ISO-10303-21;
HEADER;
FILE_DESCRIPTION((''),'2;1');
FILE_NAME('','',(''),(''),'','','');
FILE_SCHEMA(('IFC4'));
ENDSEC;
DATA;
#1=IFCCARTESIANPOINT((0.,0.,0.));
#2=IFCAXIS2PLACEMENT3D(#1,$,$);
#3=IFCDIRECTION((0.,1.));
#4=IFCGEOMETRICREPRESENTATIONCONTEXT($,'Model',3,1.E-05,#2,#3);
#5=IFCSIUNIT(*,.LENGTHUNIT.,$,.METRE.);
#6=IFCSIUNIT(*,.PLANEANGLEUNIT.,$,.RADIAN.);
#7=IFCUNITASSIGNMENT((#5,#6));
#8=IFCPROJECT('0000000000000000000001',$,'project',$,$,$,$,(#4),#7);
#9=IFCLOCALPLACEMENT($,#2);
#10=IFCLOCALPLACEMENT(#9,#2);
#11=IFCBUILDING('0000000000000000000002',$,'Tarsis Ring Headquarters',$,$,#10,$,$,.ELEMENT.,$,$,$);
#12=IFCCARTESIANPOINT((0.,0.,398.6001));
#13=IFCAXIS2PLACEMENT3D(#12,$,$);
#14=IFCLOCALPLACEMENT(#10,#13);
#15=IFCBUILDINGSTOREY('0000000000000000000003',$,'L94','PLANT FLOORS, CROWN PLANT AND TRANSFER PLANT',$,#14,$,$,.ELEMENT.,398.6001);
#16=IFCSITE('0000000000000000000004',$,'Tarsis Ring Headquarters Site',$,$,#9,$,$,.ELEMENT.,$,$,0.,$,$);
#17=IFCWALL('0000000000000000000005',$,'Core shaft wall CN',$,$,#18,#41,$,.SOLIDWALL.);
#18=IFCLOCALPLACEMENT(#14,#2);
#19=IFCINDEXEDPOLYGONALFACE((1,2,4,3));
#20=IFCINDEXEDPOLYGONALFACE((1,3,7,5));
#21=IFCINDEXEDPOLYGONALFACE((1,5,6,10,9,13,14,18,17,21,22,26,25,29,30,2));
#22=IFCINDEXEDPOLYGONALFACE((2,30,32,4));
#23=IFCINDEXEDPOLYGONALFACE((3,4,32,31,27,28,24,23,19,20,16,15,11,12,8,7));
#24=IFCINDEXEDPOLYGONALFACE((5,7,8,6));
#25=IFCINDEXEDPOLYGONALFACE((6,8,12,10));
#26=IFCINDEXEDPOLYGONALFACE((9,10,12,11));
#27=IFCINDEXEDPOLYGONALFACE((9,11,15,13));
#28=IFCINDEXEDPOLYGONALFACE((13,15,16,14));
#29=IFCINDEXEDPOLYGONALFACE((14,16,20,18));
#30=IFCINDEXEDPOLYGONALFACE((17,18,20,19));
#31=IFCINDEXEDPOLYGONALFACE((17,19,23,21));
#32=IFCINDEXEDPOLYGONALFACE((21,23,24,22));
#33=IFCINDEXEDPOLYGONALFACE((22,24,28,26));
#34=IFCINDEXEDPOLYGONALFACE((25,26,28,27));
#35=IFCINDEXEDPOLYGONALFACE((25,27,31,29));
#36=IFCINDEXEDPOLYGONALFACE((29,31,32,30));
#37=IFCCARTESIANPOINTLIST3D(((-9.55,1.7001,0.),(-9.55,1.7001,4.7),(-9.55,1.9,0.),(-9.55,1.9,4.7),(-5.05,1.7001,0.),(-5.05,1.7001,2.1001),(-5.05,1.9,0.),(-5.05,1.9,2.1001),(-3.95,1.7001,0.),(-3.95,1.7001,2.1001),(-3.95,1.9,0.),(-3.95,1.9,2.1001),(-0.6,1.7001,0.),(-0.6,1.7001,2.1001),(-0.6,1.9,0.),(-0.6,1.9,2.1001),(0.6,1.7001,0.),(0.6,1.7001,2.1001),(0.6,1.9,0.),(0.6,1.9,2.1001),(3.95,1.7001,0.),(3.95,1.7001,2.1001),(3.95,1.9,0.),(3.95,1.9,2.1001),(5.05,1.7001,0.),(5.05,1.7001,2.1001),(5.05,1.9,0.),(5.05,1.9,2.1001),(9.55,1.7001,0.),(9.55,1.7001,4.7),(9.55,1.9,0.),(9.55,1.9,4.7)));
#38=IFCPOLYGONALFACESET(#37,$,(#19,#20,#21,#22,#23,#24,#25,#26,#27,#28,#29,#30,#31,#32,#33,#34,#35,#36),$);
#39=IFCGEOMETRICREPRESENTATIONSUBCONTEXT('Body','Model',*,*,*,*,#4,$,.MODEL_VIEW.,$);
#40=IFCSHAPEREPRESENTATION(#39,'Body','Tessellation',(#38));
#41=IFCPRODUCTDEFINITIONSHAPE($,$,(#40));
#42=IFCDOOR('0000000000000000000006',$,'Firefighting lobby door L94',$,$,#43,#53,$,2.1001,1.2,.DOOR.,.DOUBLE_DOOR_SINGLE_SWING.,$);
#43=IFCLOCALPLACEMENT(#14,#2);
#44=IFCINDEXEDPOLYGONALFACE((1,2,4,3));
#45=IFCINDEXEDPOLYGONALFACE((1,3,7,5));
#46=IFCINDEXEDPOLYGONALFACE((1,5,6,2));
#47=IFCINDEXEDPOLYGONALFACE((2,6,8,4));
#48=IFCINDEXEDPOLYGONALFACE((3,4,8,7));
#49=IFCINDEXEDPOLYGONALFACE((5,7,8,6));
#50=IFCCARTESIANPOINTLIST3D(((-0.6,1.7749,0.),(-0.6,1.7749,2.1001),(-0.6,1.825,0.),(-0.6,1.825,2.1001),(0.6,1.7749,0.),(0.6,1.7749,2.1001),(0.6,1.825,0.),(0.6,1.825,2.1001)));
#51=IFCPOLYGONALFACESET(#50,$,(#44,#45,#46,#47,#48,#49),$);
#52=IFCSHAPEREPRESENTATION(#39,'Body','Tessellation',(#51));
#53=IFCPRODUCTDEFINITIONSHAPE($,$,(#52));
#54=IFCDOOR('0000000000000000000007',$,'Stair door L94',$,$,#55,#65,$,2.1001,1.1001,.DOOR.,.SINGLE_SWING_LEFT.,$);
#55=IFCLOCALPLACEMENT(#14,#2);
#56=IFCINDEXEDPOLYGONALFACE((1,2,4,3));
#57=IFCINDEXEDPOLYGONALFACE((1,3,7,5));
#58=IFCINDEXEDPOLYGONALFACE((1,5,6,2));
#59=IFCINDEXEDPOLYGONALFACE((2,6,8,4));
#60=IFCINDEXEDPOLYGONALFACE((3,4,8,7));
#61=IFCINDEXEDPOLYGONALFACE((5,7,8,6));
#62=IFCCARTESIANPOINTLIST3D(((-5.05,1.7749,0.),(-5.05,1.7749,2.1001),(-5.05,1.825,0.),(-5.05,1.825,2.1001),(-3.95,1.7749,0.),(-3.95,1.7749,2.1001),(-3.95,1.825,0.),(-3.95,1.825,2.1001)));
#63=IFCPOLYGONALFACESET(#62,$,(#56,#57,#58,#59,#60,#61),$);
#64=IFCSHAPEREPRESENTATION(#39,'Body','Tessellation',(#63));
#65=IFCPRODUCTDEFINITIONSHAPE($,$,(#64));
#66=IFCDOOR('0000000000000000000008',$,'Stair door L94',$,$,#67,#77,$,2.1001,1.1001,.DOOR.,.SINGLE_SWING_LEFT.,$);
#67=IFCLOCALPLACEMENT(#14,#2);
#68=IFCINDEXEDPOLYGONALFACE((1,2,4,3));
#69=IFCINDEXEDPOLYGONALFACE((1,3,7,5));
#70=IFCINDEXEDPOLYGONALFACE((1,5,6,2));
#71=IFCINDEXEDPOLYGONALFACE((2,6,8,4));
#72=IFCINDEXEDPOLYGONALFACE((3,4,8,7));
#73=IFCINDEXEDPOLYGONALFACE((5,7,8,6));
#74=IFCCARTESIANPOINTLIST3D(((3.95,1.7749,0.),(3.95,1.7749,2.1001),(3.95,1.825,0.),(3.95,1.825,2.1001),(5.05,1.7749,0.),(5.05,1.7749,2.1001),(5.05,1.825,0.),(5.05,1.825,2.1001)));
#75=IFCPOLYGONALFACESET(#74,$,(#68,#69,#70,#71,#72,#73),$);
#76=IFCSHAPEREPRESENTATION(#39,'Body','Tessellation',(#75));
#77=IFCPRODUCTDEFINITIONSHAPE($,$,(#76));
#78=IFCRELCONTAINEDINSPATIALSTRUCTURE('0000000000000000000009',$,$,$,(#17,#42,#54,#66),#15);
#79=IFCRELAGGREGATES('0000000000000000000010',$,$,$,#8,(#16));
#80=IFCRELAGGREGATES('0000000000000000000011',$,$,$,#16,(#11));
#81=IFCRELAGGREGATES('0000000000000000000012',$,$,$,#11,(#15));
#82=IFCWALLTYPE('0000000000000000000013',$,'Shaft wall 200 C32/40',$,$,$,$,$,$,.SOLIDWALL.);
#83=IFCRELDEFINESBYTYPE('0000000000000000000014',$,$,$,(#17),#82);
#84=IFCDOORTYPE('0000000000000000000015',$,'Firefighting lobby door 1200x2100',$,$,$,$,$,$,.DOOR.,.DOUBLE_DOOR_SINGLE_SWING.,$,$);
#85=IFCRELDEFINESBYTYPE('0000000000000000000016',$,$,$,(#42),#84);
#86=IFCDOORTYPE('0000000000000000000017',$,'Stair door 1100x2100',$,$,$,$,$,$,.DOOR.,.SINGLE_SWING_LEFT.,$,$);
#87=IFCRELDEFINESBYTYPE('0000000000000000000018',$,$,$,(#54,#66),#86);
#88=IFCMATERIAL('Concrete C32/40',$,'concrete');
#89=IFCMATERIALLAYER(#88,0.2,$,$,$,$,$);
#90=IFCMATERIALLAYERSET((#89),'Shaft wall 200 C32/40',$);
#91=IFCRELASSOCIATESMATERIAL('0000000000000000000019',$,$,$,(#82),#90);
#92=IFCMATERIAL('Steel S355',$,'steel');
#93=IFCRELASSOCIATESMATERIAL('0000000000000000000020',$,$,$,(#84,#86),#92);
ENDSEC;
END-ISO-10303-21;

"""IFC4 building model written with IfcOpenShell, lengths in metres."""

from ifc_helpers import new_model, si_unit, direction, frame, frame_2d, origin, place, context, subcontext, project, spatial, rectangle, extrude, material, layer, layer_set, type_object, element, fill, save


model = new_model("IFC4")

# Units and contexts
model_context = context("Model", 3, precision=1e-05, world=origin(), true_north=direction((0.0, 1.0)))
body_context = subcontext(model_context, "Body", "Model", "MODEL_VIEW")
ifc_project = project(units=[si_unit("LENGTHUNIT", "METRE"), si_unit("PLANEANGLEUNIT", "RADIAN")], contexts=[model_context])

# Site, building, storey
site_placement = place(None, origin())
site = spatial("IfcSite", under=ifc_project, at=site_placement, Name="Tarsis Ring Headquarters Site", CompositionType="ELEMENT", RefElevation=0.0)
building_placement = place(site_placement, origin())
building = spatial("IfcBuilding", under=site, at=building_placement, Name="Tarsis Ring Headquarters", CompositionType="ELEMENT")
storey_placement = place(building_placement, frame((0.0, 0.0, 398.6001)))
storey = spatial("IfcBuildingStorey", under=building, at=storey_placement, Name="L94", Description="PLANT FLOORS, CROWN PLANT AND TRANSFER PLANT", CompositionType="ELEMENT", Elevation=398.6001)

# Wall, openings, doors
ifc_material_1 = material(Name="Concrete C32/40", Category="concrete")
ifc_layer_1 = layer(ifc_material_1, 0.2)
ifc_layer_set_1 = layer_set([ifc_layer_1], Name="Shaft wall 200 C32/40")
wall_type_1 = type_object("IfcWallType", Name="Shaft wall 200 C32/40", PredefinedType="SOLIDWALL", material=ifc_layer_set_1)
wall_1_placement = place(storey_placement, frame((-9.55, 1.8, 0.0), z_axis=(0.0, 0.0, 1.0), x_axis=(1.0, 0.0, 0.0)))
wall_1 = element("IfcWall", 1, at=wall_1_placement, inside=storey, type_object=wall_type_1, Name="Core shaft wall CN", PredefinedType="SOLIDWALL", context=body_context, shape_type="SweptSolid", body=[
    extrude(rectangle(XDim=19.1001, YDim=0.2, at=frame_2d((9.55, 0.0))), origin(), (0.0, 0.0, 1.0), 4.7),
])
opening_1_placement = place(wall_1_placement, frame((4.5, 0.0, 0.0)))
opening_1 = element("IfcOpeningElement", 2, at=opening_1_placement, cuts=wall_1, PredefinedType="OPENING", context=body_context, shape_type="SweptSolid", body=[
    extrude(rectangle(XDim=1.1001, YDim=2.1001, at=frame_2d((0.55, 1.05))), frame((0.0, 0.1099, 0.0), z_axis=(0.0, -1.0, 0.0), x_axis=(1.0, 0.0, 0.0)), (0.0, 0.0, 1.0), 0.22),
])
opening_2_placement = place(wall_1_placement, frame((8.95, 0.0, 0.0)))
opening_2 = element("IfcOpeningElement", 3, at=opening_2_placement, cuts=wall_1, PredefinedType="OPENING", context=body_context, shape_type="SweptSolid", body=[
    extrude(rectangle(XDim=1.2, YDim=2.1001, at=frame_2d((0.6001, 1.05))), frame((0.0, 0.1099, 0.0), z_axis=(0.0, -1.0, 0.0), x_axis=(1.0, 0.0, 0.0)), (0.0, 0.0, 1.0), 0.22),
])
opening_3_placement = place(wall_1_placement, frame((13.5, 0.0, 0.0)))
opening_3 = element("IfcOpeningElement", 4, at=opening_3_placement, cuts=wall_1, PredefinedType="OPENING", context=body_context, shape_type="SweptSolid", body=[
    extrude(rectangle(XDim=1.1001, YDim=2.1001, at=frame_2d((0.55, 1.05))), frame((0.0, 0.1099, 0.0), z_axis=(0.0, -1.0, 0.0), x_axis=(1.0, 0.0, 0.0)), (0.0, 0.0, 1.0), 0.22),
])
ifc_material_2 = material(Name="Steel S355", Category="steel")
door_type_1 = type_object("IfcDoorType", Name="Firefighting lobby door 1200x2100", OperationType="DOUBLE_DOOR_SINGLE_SWING", PredefinedType="DOOR", material=ifc_material_2)
door_1_placement = place(opening_2_placement, origin())
door_1 = element("IfcDoor", 5, at=door_1_placement, inside=storey, type_object=door_type_1, Name="Firefighting lobby door L94", OperationType="DOUBLE_DOOR_SINGLE_SWING", OverallHeight=2.1001, OverallWidth=1.2, PredefinedType="DOOR", context=body_context, shape_type="SweptSolid", body=[
    extrude(rectangle(XDim=1.2, YDim=2.1001, at=frame_2d((0.6001, 1.05))), frame((0.0, 0.0249, 0.0), z_axis=(0.0, -1.0, 0.0), x_axis=(1.0, 0.0, 0.0)), (0.0, 0.0, 1.0), 0.05),
])
fill(opening_2, door_1)
door_type_2 = type_object("IfcDoorType", Name="Stair door 1100x2100", OperationType="SINGLE_SWING_LEFT", PredefinedType="DOOR", material=ifc_material_2)
door_2_placement = place(opening_1_placement, origin())
door_2 = element("IfcDoor", 6, at=door_2_placement, inside=storey, type_object=door_type_2, Name="Stair door L94", OperationType="SINGLE_SWING_LEFT", OverallHeight=2.1001, OverallWidth=1.1001, PredefinedType="DOOR", context=body_context, shape_type="SweptSolid", body=[
    extrude(rectangle(XDim=1.1001, YDim=2.1001, at=frame_2d((0.55, 1.05))), frame((0.0, 0.0249, 0.0), z_axis=(0.0, -1.0, 0.0), x_axis=(1.0, 0.0, 0.0)), (0.0, 0.0, 1.0), 0.05),
])
fill(opening_1, door_2)
door_3_placement = place(opening_3_placement, origin())
door_3 = element("IfcDoor", 7, at=door_3_placement, inside=storey, type_object=door_type_2, Name="Stair door L94", OperationType="SINGLE_SWING_LEFT", OverallHeight=2.1001, OverallWidth=1.1001, PredefinedType="DOOR", context=body_context, shape_type="SweptSolid", body=[
    extrude(rectangle(XDim=1.1001, YDim=2.1001, at=frame_2d((0.55, 1.05))), frame((0.0, 0.0249, 0.0), z_axis=(0.0, -1.0, 0.0), x_axis=(1.0, 0.0, 0.0)), (0.0, 0.0, 1.0), 0.05),
])
fill(opening_3, door_3)

save(model, "model.ifc")
